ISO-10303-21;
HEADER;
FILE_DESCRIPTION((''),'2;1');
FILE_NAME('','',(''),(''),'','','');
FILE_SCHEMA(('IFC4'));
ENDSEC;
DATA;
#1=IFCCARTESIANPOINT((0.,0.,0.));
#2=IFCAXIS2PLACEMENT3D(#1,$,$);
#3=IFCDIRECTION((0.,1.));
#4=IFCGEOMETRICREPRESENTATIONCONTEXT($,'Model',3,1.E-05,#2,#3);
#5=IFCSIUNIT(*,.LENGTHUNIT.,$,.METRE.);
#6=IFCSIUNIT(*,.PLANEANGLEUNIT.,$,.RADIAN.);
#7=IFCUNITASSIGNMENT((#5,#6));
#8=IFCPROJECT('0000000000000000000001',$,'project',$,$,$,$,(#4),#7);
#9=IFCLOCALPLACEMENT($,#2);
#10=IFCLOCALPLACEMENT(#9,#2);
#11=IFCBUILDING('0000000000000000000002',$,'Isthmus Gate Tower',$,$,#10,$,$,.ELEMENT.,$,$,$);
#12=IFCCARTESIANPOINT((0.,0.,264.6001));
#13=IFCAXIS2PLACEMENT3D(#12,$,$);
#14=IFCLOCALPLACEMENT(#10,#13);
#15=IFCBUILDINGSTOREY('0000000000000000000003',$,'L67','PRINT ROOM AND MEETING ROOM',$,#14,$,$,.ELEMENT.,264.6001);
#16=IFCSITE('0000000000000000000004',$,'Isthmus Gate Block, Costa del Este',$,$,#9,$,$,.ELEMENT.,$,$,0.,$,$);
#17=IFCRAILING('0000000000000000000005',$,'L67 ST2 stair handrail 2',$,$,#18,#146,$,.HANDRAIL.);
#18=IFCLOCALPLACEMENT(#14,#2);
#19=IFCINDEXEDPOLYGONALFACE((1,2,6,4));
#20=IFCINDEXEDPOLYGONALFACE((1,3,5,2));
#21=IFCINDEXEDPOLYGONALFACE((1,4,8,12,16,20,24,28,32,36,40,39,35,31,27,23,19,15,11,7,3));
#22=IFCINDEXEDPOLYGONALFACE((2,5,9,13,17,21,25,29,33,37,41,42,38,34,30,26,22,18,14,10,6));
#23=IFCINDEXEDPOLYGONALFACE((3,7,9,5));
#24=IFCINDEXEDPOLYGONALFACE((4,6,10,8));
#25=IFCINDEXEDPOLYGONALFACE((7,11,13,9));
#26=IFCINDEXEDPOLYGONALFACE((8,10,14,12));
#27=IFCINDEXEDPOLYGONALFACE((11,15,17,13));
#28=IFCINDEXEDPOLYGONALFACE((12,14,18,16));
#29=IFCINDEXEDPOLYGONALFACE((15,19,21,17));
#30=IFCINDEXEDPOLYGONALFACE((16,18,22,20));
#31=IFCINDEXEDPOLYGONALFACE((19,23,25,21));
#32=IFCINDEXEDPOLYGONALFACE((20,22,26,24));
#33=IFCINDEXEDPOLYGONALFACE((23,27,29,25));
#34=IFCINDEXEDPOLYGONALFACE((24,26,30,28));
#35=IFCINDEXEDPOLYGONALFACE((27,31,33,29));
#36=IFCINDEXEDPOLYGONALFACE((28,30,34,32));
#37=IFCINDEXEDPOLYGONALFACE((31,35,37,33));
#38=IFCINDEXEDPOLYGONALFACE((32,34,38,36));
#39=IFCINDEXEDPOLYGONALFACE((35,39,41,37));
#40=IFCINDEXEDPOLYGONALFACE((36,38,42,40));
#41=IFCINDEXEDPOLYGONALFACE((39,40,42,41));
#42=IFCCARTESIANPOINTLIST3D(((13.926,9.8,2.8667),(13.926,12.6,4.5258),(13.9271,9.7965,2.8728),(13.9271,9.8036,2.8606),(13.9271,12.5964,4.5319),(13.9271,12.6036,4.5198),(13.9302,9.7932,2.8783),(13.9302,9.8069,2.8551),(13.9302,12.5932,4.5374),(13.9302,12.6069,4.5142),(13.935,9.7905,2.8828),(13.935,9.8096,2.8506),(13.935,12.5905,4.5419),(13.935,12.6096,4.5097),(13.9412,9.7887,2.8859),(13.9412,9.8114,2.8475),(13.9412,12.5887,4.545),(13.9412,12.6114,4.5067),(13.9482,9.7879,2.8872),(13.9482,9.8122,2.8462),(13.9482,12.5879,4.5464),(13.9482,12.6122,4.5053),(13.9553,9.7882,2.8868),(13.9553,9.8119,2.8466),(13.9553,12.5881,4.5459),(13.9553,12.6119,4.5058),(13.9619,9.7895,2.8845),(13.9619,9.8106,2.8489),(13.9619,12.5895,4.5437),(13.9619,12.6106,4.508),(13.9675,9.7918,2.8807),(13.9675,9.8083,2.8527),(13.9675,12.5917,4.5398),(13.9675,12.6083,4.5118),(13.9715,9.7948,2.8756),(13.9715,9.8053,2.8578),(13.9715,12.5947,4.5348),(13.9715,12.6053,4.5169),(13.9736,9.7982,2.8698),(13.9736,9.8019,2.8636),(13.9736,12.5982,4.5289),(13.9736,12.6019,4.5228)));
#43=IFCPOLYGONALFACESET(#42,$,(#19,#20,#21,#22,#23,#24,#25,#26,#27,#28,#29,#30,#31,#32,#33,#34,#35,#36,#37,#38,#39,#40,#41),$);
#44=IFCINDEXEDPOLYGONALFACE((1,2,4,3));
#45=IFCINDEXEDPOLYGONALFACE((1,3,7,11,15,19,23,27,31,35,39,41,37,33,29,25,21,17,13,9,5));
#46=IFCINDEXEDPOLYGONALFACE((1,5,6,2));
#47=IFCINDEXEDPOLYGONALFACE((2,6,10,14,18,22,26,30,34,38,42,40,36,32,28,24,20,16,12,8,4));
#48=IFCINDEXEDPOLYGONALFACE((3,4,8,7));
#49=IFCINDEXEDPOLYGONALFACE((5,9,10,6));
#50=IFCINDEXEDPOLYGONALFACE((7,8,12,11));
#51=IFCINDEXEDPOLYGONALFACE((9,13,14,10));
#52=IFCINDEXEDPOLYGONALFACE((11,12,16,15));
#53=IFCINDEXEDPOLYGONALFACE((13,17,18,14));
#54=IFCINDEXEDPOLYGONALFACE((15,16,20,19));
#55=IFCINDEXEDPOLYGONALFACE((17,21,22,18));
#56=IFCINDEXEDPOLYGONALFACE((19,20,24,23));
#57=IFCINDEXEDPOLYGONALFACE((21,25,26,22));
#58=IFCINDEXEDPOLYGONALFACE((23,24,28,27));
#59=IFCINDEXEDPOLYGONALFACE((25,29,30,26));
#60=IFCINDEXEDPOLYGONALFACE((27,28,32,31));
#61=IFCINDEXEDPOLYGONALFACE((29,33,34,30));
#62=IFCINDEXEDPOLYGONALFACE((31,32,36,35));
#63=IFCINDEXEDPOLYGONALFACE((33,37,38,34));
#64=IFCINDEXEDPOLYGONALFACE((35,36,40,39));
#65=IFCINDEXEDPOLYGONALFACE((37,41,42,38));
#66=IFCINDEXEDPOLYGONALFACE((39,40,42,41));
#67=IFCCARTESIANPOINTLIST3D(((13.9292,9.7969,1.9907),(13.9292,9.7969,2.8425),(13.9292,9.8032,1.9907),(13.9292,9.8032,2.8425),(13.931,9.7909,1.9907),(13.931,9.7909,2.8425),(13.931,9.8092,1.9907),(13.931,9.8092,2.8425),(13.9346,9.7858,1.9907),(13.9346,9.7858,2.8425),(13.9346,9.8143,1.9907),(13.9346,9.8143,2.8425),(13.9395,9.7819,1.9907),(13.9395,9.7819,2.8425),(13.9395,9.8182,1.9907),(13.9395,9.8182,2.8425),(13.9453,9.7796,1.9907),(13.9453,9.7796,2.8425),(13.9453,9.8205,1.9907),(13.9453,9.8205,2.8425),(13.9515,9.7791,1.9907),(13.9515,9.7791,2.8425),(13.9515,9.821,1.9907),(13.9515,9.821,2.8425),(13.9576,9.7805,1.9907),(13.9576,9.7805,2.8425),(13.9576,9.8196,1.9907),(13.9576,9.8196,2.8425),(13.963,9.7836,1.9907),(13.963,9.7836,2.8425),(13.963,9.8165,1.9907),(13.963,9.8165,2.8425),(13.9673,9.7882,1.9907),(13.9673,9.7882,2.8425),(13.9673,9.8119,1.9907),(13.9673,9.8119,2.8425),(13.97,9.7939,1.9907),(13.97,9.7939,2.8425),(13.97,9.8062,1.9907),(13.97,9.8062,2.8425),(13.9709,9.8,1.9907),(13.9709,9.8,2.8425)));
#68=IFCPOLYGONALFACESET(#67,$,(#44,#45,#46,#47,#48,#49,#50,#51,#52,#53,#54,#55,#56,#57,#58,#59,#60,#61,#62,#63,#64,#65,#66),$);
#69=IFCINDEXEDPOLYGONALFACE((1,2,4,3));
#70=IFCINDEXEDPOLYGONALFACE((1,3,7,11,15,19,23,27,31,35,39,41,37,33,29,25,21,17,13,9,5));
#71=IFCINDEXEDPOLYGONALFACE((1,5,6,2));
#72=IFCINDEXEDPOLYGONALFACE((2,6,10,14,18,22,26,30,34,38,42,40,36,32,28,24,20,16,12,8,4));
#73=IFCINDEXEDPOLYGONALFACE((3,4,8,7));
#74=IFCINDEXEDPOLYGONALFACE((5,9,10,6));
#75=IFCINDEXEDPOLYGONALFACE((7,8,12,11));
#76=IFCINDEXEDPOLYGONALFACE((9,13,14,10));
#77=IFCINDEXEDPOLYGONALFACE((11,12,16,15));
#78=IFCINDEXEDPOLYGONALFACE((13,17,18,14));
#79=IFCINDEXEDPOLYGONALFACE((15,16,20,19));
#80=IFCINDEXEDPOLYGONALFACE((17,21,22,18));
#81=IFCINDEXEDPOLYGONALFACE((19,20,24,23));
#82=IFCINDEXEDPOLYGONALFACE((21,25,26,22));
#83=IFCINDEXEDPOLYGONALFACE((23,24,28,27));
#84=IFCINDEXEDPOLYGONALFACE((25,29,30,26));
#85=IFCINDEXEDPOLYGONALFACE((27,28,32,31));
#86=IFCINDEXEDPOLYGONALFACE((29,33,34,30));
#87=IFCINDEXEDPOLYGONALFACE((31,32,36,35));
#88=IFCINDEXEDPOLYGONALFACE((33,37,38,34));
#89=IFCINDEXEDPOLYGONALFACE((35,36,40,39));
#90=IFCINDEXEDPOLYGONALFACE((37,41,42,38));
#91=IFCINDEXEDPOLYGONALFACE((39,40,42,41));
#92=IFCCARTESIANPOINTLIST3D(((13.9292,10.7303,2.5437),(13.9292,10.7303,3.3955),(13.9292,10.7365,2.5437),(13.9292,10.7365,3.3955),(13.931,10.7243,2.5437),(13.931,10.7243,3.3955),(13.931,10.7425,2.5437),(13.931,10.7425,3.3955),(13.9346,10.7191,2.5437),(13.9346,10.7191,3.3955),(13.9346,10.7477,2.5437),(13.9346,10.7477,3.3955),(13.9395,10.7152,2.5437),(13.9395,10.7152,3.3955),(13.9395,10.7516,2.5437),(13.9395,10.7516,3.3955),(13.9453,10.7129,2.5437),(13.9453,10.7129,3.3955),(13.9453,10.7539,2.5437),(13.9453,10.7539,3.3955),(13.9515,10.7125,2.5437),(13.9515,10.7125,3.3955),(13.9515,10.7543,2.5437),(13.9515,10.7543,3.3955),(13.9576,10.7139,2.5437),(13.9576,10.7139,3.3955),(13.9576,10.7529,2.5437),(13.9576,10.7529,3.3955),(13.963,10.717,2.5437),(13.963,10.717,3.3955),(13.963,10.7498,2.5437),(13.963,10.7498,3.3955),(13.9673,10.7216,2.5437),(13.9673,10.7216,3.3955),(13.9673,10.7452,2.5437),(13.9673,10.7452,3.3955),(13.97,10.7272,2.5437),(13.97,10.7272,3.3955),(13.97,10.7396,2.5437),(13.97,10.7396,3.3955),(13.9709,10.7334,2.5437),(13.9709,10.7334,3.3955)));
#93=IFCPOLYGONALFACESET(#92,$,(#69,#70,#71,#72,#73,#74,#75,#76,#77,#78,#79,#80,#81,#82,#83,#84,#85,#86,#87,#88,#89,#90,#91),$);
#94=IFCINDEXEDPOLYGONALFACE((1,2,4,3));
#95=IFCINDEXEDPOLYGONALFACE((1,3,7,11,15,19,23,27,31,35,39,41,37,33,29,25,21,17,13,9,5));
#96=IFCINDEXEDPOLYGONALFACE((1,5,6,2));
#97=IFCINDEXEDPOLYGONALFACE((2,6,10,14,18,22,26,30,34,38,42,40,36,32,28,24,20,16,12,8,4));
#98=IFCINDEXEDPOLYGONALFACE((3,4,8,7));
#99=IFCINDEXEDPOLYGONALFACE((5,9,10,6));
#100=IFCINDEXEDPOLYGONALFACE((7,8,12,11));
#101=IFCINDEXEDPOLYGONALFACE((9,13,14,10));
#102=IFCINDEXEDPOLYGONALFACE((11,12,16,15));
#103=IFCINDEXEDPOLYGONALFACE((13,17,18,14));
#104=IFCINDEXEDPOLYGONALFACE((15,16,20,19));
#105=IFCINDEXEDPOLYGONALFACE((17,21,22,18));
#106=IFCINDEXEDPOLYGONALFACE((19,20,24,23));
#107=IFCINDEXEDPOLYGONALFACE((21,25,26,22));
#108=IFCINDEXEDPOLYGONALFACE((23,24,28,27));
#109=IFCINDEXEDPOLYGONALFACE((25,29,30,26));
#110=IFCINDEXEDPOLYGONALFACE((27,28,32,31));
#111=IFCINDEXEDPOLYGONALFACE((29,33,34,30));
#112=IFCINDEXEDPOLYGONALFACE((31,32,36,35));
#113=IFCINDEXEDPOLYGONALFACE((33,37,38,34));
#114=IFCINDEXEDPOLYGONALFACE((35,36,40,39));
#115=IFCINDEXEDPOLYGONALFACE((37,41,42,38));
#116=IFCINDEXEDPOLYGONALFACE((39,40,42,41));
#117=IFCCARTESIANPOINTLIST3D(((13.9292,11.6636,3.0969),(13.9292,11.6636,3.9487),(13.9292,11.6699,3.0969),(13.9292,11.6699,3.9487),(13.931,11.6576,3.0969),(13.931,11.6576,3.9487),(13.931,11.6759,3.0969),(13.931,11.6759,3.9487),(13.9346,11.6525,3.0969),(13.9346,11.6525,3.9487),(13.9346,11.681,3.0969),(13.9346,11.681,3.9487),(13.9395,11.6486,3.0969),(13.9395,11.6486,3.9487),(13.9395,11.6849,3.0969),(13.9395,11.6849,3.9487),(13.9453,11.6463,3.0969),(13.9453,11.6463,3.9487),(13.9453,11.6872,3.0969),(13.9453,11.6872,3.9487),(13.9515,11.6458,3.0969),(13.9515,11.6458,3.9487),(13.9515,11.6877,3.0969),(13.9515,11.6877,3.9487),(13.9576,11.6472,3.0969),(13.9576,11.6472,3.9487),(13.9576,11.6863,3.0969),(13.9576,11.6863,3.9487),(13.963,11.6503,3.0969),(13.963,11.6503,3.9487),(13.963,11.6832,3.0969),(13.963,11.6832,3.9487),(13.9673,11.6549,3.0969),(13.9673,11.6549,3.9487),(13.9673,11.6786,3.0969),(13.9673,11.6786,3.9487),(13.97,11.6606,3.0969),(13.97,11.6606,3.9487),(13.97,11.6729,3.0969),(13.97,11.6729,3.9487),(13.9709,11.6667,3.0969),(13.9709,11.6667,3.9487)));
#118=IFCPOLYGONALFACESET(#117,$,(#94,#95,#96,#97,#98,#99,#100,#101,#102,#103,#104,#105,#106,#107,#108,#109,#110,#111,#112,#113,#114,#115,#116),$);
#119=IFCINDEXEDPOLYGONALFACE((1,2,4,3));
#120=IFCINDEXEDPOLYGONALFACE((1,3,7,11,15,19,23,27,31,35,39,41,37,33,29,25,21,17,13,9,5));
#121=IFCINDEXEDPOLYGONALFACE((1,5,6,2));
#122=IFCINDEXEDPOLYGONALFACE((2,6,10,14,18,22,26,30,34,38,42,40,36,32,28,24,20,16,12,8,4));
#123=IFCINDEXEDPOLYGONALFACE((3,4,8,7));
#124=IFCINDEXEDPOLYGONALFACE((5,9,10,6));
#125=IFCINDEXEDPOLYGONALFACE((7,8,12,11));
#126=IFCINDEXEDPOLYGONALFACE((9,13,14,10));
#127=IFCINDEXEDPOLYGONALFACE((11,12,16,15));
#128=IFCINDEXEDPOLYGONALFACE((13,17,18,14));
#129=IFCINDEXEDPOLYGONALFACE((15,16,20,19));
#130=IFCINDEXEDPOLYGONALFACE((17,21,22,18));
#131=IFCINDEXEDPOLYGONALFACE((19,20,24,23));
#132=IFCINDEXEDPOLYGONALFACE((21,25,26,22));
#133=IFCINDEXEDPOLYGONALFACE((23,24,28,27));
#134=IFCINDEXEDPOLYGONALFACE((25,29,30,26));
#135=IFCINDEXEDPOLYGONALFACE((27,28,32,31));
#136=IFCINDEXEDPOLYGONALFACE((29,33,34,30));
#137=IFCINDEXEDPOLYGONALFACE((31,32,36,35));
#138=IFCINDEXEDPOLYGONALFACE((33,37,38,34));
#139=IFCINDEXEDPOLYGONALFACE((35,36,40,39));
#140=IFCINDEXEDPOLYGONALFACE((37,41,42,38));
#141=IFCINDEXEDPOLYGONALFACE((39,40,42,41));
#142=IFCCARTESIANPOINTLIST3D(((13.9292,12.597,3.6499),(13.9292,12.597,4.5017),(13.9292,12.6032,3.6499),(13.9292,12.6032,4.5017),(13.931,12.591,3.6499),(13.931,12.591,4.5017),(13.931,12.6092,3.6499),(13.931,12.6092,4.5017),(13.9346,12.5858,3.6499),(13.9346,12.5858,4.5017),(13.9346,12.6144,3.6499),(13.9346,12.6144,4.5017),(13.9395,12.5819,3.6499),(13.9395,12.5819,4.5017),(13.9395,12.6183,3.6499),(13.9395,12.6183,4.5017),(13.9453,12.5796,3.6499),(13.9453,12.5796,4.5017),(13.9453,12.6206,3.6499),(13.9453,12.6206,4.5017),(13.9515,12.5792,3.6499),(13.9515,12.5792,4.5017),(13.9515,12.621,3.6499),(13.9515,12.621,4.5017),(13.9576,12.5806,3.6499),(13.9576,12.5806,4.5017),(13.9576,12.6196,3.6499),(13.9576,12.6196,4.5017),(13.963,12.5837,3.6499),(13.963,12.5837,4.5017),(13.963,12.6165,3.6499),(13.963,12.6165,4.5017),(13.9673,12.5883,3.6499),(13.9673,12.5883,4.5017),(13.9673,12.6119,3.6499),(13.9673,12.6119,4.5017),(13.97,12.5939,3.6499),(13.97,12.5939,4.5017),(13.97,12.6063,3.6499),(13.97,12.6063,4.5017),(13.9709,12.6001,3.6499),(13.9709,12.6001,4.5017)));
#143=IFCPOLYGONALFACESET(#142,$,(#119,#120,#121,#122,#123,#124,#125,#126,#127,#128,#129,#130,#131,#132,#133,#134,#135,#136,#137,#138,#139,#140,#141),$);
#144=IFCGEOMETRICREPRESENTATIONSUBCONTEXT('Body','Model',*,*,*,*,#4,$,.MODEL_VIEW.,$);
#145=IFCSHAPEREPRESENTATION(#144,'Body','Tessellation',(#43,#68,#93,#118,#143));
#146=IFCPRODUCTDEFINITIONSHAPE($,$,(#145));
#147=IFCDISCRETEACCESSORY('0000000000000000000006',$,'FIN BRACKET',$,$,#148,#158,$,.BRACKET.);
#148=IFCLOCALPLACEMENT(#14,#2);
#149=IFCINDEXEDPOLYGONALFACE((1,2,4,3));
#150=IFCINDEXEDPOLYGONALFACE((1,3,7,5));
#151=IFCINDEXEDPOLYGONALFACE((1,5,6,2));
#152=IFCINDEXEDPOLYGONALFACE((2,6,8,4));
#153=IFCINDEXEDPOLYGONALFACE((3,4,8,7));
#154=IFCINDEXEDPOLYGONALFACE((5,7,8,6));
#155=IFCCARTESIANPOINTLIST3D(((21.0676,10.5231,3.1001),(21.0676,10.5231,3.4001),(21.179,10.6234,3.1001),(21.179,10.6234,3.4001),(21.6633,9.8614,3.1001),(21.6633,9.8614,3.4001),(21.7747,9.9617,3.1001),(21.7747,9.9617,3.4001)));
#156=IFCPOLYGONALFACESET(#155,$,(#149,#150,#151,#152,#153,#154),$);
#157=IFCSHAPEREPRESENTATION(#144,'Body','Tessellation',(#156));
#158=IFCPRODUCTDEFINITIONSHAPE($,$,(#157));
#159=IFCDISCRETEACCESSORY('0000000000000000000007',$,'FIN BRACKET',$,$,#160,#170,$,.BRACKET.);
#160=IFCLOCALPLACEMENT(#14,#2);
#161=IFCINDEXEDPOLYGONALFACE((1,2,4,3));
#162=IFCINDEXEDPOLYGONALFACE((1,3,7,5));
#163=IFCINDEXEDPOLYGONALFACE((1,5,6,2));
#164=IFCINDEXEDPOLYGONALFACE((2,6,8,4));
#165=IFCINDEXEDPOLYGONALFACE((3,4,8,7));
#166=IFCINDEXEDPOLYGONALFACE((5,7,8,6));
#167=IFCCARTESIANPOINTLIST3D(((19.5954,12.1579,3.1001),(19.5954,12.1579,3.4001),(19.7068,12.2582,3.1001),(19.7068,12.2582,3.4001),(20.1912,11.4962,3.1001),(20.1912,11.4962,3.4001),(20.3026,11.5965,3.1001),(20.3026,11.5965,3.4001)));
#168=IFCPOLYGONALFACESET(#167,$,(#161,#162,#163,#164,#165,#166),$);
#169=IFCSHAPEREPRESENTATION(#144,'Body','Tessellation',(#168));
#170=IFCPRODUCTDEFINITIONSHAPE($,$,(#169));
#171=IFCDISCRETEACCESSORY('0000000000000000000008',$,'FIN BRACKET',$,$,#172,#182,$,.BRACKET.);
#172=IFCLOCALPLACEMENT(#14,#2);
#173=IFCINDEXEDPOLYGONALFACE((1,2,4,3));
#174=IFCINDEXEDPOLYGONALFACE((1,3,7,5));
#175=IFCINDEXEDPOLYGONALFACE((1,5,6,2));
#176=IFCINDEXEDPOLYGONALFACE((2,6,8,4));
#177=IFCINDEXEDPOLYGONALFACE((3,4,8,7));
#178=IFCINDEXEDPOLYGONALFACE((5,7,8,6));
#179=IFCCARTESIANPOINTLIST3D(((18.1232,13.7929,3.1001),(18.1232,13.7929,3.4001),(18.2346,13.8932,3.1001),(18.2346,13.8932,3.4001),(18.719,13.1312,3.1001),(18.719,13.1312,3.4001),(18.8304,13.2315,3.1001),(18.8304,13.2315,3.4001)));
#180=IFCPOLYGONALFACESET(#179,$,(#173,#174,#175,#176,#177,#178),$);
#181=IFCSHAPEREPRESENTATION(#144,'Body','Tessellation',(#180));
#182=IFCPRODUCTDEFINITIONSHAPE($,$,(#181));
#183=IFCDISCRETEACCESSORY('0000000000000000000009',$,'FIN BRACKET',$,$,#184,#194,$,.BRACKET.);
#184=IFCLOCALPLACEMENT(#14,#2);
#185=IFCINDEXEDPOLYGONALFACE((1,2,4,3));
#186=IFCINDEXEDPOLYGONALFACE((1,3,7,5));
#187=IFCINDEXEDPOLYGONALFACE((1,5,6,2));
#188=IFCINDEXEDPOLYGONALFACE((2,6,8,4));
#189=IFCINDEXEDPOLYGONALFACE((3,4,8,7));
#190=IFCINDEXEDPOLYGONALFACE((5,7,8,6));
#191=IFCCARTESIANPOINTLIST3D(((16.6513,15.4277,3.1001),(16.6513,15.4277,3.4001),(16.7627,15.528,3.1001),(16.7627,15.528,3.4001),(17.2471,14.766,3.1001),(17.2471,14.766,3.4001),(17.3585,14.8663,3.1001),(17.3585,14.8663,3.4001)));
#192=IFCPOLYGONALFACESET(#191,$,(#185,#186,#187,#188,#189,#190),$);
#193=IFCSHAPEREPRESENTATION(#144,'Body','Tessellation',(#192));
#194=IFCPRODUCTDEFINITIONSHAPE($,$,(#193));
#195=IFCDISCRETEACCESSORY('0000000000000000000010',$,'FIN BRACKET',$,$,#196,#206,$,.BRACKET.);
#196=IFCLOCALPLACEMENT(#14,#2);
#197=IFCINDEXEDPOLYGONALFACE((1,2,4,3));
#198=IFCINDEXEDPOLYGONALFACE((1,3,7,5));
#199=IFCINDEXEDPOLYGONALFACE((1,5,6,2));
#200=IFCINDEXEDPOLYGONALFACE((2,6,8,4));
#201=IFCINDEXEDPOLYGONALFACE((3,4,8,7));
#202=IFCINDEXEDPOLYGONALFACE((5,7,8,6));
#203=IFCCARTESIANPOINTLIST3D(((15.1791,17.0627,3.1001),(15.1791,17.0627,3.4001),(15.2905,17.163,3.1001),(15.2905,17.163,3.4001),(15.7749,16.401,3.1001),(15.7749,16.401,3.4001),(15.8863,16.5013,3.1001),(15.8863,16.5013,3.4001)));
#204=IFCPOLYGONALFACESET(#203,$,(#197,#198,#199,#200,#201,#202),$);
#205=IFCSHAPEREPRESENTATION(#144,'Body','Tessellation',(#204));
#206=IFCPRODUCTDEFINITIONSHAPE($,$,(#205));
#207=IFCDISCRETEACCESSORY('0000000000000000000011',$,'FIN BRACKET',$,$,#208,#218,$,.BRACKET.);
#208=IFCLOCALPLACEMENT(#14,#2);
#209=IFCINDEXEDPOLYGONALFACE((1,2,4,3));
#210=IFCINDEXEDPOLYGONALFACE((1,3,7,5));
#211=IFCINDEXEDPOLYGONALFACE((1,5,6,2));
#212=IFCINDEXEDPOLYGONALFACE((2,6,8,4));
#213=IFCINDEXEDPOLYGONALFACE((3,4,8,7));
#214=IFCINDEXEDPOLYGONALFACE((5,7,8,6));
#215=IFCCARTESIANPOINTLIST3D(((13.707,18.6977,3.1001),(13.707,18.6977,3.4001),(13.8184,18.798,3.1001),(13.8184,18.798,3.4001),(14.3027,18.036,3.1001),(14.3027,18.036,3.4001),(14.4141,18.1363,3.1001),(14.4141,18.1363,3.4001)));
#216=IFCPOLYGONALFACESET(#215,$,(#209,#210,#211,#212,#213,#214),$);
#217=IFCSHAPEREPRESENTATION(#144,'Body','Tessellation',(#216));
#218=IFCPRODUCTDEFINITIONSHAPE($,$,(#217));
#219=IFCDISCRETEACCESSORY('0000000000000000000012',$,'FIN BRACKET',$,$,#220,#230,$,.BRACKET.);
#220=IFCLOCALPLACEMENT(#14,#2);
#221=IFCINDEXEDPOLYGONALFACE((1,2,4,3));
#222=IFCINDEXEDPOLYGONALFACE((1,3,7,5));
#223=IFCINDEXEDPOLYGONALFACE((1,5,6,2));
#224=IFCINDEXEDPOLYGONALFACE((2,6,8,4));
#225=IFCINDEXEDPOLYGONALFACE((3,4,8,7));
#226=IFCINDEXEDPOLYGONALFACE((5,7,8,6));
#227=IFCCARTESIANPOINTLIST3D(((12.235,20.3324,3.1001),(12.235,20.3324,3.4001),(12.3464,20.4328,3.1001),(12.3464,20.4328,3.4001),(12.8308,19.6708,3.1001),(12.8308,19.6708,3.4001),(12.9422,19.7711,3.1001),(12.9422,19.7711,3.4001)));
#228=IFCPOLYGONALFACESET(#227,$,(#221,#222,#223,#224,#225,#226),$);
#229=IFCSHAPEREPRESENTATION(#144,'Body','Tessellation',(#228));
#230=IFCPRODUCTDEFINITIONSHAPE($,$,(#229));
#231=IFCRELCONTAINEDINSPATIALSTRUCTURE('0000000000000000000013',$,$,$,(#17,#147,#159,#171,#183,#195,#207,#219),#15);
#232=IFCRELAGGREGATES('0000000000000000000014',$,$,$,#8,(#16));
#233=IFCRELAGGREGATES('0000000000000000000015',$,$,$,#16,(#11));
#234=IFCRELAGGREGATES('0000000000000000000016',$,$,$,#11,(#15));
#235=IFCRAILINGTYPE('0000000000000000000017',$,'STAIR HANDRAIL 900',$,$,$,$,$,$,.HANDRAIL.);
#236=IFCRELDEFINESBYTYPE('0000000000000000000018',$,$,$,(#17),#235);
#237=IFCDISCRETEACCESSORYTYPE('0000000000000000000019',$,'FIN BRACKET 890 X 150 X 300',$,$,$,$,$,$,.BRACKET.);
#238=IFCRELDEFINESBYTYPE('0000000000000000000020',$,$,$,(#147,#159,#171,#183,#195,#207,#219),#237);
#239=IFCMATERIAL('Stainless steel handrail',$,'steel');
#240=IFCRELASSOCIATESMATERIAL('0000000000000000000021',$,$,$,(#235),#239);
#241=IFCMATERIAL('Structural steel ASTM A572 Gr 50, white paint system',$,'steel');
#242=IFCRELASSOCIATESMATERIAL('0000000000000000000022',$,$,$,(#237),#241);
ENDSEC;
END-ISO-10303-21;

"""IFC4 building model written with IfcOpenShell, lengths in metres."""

from ifc_helpers import new_model, si_unit, direction, frame, origin, origin_2d, place, context, subcontext, project, spatial, rectangle, circle, extrude, material, type_object, element, save


model = new_model("IFC4")

# Units and contexts
model_context = context("Model", 3, precision=1e-05, world=origin(), true_north=direction((0.0, 1.0)))
body_context = subcontext(model_context, "Body", "Model", "MODEL_VIEW")
ifc_project = project(units=[si_unit("LENGTHUNIT", "METRE"), si_unit("PLANEANGLEUNIT", "RADIAN")], contexts=[model_context])

# Site, building, storey
site_placement = place(None, origin())
site = spatial("IfcSite", under=ifc_project, at=site_placement, Name="Isthmus Gate Block, Costa del Este", CompositionType="ELEMENT", RefElevation=0.0)
building_placement = place(site_placement, origin())
building = spatial("IfcBuilding", under=site, at=building_placement, Name="Isthmus Gate Tower", CompositionType="ELEMENT")
storey_placement = place(building_placement, frame((0.0, 0.0, 264.6001)))
storey = spatial("IfcBuildingStorey", under=building, at=storey_placement, Name="L67", Description="PRINT ROOM AND MEETING ROOM", CompositionType="ELEMENT", Elevation=264.6001)

# Railing
ifc_material_1 = material(Name="Stainless steel handrail", Category="steel")
railing_type_1 = type_object("IfcRailingType", Name="STAIR HANDRAIL 900", PredefinedType="HANDRAIL", material=ifc_material_1)
railing_1_placement = place(storey_placement, frame((13.95, 9.8, 1.9907)))
element("IfcRailing", 1, at=railing_1_placement, inside=storey, type_object=railing_type_1, Name="L67 ST2 stair handrail 2", PredefinedType="HANDRAIL", context=body_context, shape_type="SweptSolid", body=[
    extrude(circle(Radius=0.0239, at=origin_2d()), frame((0.0, 0.0, 0.876), z_axis=(0.0, 0.860306, 0.509778), x_axis=(-1.0, 0.0, 0.0)), (0.0, 0.0, 1.0), 3.2546),
    extrude(circle(Radius=0.021, at=origin_2d()), origin(), (0.0, 0.0, 1.0), 0.8518),
    extrude(circle(Radius=0.021, at=origin_2d()), frame((0.0, 0.9333, 0.553)), (0.0, 0.0, 1.0), 0.8518),
    extrude(circle(Radius=0.021, at=origin_2d()), frame((0.0, 1.8667, 1.1062)), (0.0, 0.0, 1.0), 0.8518),
    extrude(circle(Radius=0.021, at=origin_2d()), frame((0.0, 2.8, 1.6592)), (0.0, 0.0, 1.0), 0.8518),
])

# Discrete accessories
ifc_material_2 = material(Name="Structural steel ASTM A572 Gr 50, white paint system", Category="steel")
discrete_accessory_type = type_object("IfcDiscreteAccessoryType", Name="FIN BRACKET 890 X 150 X 300", PredefinedType="BRACKET", material=ifc_material_2)
for number, where, z_axis, x_axis, name in (
    (2, (21.4211, 10.2424, 3.1001), (0.0, 0.0, 1.0), (0.743145, 0.669131, 0.0), "FIN BRACKET"),
    (3, (19.949, 11.8772, 3.1001), (0.0, 0.0, 1.0), (0.743145, 0.669131, 0.0), "FIN BRACKET"),
    (4, (18.4768, 13.5122, 3.1001), (0.0, 0.0, 1.0), (0.743145, 0.669131, 0.0), "FIN BRACKET"),
    (5, (17.0049, 15.147, 3.1001), (0.0, 0.0, 1.0), (0.743145, 0.669131, 0.0), "FIN BRACKET"),
    (6, (15.5327, 16.782, 3.1001), (0.0, 0.0, 1.0), (0.743145, 0.669131, 0.0), "FIN BRACKET"),
    (7, (14.0605, 18.417, 3.1001), (0.0, 0.0, 1.0), (0.743145, 0.669131, 0.0), "FIN BRACKET"),
    (8, (12.5886, 20.0518, 3.1001), (0.0, 0.0, 1.0), (0.743145, 0.669131, 0.0), "FIN BRACKET"),
):
    element("IfcDiscreteAccessory", number, at=place(storey_placement, frame(where, z_axis=z_axis, x_axis=x_axis)), inside=storey, type_object=discrete_accessory_type, Name=name, PredefinedType="BRACKET", context=body_context, shape_type="SweptSolid", body=[
        extrude(rectangle(XDim=0.1499, YDim=0.8904, at=origin_2d()), origin(), (0.0, 0.0, 1.0), 0.3),
    ])

save(model, "model.ifc")
